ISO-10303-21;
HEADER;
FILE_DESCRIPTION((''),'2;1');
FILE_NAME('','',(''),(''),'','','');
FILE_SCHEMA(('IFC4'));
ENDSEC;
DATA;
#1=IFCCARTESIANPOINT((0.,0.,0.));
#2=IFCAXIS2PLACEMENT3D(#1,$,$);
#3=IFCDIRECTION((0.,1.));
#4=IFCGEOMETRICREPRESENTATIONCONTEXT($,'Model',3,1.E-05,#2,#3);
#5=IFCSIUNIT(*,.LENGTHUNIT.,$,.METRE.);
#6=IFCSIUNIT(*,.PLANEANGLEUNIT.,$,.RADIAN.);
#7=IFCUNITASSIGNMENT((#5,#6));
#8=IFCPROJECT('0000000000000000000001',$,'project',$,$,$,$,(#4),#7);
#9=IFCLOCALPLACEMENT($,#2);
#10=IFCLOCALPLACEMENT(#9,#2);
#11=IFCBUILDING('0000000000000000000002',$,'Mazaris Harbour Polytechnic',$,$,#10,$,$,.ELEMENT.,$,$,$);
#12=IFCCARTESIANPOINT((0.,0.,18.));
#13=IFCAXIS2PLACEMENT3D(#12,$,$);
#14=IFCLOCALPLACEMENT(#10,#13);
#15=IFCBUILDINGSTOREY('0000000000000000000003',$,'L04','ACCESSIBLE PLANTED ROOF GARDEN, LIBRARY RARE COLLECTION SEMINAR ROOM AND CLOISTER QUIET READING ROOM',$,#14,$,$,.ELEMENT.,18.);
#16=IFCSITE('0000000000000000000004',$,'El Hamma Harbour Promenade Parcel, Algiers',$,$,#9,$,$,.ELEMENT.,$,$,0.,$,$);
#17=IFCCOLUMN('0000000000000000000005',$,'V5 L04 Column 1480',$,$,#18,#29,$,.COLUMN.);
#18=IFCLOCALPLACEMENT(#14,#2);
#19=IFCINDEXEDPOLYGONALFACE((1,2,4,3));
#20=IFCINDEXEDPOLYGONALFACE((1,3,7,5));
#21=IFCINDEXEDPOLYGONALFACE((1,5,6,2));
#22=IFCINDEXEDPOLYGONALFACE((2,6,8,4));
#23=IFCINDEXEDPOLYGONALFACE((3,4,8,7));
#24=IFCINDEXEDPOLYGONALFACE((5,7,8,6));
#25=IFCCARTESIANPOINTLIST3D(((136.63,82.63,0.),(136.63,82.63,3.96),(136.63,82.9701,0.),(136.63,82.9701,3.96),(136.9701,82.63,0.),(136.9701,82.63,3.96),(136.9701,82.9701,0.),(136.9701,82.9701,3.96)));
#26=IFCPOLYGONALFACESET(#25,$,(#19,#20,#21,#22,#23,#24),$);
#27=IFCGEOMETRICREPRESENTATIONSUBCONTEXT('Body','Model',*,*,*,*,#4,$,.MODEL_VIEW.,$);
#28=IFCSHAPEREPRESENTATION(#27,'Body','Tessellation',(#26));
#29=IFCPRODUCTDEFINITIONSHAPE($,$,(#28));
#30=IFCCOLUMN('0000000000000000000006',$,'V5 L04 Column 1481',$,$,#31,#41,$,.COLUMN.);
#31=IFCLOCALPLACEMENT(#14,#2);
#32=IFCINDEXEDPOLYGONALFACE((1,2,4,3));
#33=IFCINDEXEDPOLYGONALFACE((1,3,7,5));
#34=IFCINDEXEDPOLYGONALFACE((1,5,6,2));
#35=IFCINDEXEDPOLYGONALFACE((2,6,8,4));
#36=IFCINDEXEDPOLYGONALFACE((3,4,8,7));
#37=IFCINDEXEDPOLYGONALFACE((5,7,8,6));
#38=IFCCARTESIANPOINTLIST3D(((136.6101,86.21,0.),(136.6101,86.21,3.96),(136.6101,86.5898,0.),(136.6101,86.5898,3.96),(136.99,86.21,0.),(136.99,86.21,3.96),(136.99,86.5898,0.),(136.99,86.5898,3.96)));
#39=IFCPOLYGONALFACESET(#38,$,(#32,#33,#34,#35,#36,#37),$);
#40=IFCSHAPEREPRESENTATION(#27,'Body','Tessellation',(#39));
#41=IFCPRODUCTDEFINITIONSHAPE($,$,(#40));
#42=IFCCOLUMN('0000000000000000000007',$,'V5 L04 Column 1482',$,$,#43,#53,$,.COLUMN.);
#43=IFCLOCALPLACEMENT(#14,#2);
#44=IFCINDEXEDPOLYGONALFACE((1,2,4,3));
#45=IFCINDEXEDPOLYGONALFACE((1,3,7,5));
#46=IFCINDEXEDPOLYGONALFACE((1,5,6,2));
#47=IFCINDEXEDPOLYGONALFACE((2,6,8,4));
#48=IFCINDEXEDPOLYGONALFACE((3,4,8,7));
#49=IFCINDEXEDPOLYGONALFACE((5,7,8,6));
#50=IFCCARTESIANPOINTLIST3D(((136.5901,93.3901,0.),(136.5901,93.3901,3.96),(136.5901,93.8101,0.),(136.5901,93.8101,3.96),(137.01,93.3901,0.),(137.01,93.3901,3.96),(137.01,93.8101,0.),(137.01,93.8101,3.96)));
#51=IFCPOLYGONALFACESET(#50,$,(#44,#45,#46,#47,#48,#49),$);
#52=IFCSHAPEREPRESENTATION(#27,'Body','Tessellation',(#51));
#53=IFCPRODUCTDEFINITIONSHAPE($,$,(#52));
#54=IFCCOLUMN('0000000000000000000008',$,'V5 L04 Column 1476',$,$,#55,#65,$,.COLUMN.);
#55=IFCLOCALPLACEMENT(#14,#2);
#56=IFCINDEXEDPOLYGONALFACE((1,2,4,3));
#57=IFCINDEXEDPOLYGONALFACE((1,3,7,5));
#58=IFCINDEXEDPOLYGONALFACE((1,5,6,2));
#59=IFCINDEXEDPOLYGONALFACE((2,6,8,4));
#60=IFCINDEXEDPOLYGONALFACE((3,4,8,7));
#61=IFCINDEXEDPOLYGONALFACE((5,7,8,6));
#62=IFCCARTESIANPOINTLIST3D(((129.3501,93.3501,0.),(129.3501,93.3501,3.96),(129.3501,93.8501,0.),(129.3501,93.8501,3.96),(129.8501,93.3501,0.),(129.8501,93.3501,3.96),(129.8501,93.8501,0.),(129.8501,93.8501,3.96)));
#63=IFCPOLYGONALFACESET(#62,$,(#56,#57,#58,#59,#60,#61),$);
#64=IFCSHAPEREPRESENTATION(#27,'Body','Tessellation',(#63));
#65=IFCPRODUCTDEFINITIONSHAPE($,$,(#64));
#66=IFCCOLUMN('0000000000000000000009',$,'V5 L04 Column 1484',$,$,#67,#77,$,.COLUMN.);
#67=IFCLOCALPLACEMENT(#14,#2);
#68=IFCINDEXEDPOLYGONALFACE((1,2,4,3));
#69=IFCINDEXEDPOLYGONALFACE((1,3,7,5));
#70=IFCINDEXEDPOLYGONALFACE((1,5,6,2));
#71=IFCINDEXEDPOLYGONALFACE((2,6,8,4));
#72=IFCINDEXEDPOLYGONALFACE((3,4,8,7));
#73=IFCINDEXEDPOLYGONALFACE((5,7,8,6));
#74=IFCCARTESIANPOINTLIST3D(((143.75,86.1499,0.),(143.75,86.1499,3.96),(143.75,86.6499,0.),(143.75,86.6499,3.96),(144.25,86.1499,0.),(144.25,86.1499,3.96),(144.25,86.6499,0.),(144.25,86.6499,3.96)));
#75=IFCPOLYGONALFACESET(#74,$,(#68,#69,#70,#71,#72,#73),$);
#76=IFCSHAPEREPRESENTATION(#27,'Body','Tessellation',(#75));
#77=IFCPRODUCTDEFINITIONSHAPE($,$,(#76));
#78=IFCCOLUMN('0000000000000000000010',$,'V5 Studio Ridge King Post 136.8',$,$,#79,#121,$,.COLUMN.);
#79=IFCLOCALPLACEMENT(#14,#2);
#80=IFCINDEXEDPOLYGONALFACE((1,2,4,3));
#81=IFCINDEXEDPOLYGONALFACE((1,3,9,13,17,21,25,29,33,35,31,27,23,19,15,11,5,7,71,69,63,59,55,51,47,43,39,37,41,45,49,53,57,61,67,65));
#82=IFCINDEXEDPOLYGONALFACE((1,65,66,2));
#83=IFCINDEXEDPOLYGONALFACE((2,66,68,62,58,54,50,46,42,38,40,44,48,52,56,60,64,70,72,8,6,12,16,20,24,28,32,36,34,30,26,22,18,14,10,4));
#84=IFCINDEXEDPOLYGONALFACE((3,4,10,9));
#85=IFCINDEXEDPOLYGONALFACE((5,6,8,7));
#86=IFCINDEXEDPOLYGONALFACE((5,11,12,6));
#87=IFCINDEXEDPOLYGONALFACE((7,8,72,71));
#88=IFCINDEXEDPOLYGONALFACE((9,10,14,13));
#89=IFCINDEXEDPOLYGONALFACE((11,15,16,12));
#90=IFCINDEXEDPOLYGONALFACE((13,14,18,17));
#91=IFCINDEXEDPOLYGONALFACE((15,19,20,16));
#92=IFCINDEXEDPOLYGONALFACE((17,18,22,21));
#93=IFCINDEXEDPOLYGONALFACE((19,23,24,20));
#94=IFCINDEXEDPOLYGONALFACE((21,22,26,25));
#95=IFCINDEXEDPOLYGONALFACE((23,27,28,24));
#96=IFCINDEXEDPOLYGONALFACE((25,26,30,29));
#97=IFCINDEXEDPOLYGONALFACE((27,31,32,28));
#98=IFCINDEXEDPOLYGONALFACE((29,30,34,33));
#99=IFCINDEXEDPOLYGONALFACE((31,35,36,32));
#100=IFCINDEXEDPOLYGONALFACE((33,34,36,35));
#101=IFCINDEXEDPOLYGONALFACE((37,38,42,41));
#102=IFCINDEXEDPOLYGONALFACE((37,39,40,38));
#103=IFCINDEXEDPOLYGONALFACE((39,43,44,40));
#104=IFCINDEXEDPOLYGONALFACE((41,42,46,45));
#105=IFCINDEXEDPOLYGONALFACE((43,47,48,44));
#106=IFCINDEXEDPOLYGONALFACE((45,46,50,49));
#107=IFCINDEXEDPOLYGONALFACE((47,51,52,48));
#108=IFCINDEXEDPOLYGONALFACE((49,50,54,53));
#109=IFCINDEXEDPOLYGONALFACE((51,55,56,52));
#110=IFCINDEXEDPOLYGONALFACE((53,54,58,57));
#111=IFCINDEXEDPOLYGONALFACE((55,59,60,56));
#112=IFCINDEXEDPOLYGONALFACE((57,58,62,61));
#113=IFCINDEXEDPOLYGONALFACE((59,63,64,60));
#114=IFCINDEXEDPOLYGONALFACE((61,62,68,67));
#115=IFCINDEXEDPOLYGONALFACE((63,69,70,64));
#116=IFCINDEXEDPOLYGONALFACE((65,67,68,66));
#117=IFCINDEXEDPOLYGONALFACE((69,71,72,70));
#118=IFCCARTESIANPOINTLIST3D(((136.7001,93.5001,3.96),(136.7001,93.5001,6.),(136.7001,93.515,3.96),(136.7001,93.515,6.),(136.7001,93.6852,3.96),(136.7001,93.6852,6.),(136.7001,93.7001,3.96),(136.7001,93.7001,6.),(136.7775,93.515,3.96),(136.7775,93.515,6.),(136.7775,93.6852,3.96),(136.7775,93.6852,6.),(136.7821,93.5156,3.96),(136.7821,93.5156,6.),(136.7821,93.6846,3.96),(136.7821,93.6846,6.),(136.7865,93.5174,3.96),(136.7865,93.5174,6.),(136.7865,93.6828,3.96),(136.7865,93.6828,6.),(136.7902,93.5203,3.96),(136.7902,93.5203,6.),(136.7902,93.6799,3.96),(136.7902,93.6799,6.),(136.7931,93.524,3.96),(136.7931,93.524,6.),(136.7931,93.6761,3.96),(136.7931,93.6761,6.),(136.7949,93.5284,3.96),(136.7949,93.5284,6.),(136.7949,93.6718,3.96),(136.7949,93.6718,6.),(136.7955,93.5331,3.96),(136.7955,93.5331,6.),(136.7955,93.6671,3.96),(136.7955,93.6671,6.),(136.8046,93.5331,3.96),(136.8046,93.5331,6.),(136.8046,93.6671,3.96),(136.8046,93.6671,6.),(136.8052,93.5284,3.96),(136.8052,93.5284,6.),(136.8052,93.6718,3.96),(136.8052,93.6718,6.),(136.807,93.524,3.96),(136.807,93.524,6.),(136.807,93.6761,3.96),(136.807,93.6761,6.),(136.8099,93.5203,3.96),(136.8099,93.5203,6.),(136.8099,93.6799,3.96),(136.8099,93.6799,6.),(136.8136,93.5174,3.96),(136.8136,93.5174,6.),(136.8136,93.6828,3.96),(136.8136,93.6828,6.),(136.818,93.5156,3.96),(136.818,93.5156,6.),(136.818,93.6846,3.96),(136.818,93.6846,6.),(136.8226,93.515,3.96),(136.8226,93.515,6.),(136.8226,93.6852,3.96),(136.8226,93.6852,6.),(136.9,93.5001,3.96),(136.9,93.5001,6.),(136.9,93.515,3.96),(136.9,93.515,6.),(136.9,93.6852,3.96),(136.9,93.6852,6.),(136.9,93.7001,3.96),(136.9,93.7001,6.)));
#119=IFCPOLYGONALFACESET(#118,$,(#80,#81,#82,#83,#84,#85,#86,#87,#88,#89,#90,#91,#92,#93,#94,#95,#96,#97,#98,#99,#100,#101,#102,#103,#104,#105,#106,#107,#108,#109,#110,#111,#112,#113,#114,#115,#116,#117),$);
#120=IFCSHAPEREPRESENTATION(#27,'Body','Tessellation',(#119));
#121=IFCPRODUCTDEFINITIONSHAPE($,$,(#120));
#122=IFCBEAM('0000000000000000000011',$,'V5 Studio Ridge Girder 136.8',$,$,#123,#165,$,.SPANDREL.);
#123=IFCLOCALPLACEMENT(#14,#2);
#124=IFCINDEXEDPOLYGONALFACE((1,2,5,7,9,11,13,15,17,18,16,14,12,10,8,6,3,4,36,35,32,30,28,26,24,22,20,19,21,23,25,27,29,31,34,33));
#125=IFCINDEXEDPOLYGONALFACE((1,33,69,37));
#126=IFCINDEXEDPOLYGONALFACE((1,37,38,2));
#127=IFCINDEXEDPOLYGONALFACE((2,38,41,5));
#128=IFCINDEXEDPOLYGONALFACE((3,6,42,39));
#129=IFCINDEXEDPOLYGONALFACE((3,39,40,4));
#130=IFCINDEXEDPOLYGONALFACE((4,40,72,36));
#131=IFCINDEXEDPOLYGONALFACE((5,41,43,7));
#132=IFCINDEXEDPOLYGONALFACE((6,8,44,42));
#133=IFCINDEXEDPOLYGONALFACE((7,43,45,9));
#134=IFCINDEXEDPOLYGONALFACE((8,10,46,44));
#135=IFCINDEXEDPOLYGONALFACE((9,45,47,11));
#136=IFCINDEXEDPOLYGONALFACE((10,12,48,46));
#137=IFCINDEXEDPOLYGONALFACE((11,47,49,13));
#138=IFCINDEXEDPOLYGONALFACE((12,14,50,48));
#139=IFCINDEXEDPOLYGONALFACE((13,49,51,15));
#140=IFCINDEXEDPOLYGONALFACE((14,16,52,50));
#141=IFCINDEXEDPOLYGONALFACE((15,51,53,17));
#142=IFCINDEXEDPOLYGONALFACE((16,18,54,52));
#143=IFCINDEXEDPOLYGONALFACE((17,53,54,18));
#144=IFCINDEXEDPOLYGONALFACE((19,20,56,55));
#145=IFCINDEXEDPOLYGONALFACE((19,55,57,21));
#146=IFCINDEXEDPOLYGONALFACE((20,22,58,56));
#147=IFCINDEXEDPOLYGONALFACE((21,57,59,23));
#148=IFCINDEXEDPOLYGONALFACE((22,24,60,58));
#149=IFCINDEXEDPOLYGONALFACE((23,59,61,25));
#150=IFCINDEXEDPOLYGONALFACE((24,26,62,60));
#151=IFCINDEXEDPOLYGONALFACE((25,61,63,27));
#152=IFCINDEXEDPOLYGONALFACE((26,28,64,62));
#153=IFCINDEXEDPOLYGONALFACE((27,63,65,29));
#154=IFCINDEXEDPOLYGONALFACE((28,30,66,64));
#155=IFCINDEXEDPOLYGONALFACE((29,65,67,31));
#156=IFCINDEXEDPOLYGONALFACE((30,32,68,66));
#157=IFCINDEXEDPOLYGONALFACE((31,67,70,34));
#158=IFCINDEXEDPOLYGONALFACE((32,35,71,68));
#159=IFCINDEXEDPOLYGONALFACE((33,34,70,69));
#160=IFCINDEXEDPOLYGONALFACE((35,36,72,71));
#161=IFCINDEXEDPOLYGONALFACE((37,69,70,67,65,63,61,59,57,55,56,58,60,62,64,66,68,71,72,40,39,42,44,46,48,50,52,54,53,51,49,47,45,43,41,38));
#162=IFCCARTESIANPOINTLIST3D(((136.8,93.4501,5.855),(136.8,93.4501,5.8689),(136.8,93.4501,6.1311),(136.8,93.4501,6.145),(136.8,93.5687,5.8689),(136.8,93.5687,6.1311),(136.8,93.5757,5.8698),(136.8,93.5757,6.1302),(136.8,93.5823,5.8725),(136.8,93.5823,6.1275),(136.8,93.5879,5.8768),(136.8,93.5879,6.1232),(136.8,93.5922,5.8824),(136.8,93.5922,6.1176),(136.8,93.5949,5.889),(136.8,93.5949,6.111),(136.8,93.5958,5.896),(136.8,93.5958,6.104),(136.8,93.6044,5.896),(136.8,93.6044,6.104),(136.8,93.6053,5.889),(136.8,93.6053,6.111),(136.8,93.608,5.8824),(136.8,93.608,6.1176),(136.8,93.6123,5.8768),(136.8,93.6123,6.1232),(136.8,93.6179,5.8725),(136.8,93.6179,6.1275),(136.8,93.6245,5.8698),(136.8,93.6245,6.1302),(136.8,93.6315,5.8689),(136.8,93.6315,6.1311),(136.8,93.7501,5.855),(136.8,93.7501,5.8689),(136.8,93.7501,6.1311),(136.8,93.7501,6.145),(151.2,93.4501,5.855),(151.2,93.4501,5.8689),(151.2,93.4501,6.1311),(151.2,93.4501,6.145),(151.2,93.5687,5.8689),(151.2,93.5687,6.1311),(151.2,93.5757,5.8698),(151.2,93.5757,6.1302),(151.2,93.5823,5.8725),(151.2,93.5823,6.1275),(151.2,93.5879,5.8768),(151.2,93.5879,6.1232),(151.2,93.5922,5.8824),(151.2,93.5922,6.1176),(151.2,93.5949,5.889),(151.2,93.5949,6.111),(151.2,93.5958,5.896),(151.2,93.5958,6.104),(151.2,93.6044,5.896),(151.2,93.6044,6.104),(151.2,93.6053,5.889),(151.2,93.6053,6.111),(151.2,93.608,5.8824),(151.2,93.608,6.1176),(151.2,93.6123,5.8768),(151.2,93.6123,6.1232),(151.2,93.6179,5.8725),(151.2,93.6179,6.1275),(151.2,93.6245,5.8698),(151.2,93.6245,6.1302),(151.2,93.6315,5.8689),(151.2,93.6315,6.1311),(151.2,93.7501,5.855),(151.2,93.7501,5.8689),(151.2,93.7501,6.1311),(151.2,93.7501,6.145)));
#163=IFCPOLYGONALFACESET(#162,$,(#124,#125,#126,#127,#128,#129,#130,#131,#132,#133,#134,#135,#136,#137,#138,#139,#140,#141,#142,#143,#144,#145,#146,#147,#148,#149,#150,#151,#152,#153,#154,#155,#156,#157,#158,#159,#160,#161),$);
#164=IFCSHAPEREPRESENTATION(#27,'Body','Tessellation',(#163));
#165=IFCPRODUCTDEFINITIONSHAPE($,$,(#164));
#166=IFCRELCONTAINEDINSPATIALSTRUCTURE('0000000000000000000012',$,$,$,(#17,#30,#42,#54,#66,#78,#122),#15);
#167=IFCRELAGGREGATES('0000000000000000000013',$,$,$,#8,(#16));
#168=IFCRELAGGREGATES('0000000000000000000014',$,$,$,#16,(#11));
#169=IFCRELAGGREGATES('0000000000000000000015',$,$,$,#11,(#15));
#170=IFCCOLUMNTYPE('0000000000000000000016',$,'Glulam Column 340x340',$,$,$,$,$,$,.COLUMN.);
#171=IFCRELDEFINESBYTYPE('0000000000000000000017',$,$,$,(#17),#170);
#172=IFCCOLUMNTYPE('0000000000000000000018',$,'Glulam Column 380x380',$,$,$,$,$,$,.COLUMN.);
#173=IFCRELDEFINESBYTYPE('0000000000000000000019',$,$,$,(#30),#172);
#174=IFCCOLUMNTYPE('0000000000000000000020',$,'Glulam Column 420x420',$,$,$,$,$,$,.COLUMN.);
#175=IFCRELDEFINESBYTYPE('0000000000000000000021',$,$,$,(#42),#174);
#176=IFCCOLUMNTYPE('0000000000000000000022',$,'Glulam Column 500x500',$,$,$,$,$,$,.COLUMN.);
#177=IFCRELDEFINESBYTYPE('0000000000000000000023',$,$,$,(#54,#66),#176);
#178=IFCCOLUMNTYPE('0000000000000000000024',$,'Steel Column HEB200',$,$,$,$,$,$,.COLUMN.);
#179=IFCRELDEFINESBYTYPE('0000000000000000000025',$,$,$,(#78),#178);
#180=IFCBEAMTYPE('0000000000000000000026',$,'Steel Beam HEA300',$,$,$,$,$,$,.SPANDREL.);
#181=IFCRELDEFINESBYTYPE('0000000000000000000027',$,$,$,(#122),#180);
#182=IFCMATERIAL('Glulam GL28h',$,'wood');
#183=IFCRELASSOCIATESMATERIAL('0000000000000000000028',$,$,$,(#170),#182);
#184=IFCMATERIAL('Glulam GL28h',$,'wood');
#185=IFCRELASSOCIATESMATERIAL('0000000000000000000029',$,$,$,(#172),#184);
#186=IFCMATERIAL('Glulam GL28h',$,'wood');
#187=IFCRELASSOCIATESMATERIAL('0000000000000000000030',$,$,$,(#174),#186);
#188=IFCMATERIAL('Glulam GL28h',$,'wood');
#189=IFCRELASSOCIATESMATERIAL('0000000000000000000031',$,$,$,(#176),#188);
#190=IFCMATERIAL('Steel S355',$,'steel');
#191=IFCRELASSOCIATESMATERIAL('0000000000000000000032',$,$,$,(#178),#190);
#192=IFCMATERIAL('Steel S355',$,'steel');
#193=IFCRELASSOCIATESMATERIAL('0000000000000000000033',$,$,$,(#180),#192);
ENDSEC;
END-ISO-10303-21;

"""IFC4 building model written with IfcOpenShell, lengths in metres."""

from ifc_helpers import new_model, si_unit, direction, frame, origin, origin_2d, place, context, subcontext, project, spatial, rectangle, i_section, extrude, material, material_profile, profile_set, type_object, element, save


model = new_model("IFC4")

# Units and contexts
model_context = context("Model", 3, precision=1e-05, world=origin(), true_north=direction((0.0, 1.0)))
body_context = subcontext(model_context, "Body", "Model", "MODEL_VIEW")
ifc_project = project(units=[si_unit("LENGTHUNIT", "METRE"), si_unit("PLANEANGLEUNIT", "RADIAN")], contexts=[model_context])

# Site, building, storey
site_placement = place(None, origin())
site = spatial("IfcSite", under=ifc_project, at=site_placement, Name="El Hamma Harbour Promenade Parcel, Algiers", CompositionType="ELEMENT", RefElevation=0.0)
building_placement = place(site_placement, origin())
building = spatial("IfcBuilding", under=site, at=building_placement, Name="Mazaris Harbour Polytechnic", CompositionType="ELEMENT")
storey_placement = place(building_placement, frame((0.0, 0.0, 18.0)))
storey = spatial("IfcBuildingStorey", under=building, at=storey_placement, Name="L04", Description="ACCESSIBLE PLANTED ROOF GARDEN, LIBRARY RARE COLLECTION SEMINAR ROOM AND CLOISTER QUIET READING ROOM", CompositionType="ELEMENT", Elevation=18.0)

# Columns
ifc_material_1 = material(Name="Glulam GL28h", Category="wood")
ifc_material_profile_1 = material_profile(ifc_material_1, rectangle(XDim=0.3401, YDim=0.3401, at=origin_2d()), Name="RECT340x340")
ifc_profile_set_1 = profile_set([ifc_material_profile_1], Name="Glulam GL28h")
column_type_1 = type_object("IfcColumnType", Name="Glulam Column 340x340", PredefinedType="COLUMN", material=ifc_profile_set_1)
column_1_placement = place(storey_placement, frame((136.8, 82.8, 0.0), z_axis=(0.0, 0.0, 1.0), x_axis=(1.0, 0.0, 0.0)))
element("IfcColumn", 1, at=column_1_placement, inside=storey, type_object=column_type_1, Name="V5 L04 Column 1480", PredefinedType="COLUMN", context=body_context, shape_type="SweptSolid", body=[
    extrude(rectangle(XDim=0.3401, YDim=0.3401, at=origin_2d()), origin(), (0.0, 0.0, 1.0), 3.96),
])
ifc_material_2 = material(Name="Glulam GL28h", Category="wood")
ifc_material_profile_2 = material_profile(ifc_material_2, rectangle(XDim=0.3799, YDim=0.3799, at=origin_2d()), Name="RECT380x380")
ifc_profile_set_2 = profile_set([ifc_material_profile_2], Name="Glulam GL28h")
column_type_2 = type_object("IfcColumnType", Name="Glulam Column 380x380", PredefinedType="COLUMN", material=ifc_profile_set_2)
column_2_placement = place(storey_placement, frame((136.8, 86.3999, 0.0), z_axis=(0.0, 0.0, 1.0), x_axis=(1.0, 0.0, 0.0)))
element("IfcColumn", 2, at=column_2_placement, inside=storey, type_object=column_type_2, Name="V5 L04 Column 1481", PredefinedType="COLUMN", context=body_context, shape_type="SweptSolid", body=[
    extrude(rectangle(XDim=0.3799, YDim=0.3799, at=origin_2d()), origin(), (0.0, 0.0, 1.0), 3.96),
])
ifc_material_3 = material(Name="Glulam GL28h", Category="wood")
ifc_material_profile_3 = material_profile(ifc_material_3, rectangle(XDim=0.4199, YDim=0.4199, at=origin_2d()), Name="RECT420x420")
ifc_profile_set_3 = profile_set([ifc_material_profile_3], Name="Glulam GL28h")
column_type_3 = type_object("IfcColumnType", Name="Glulam Column 420x420", PredefinedType="COLUMN", material=ifc_profile_set_3)
column_3_placement = place(storey_placement, frame((136.8, 93.6001, 0.0), z_axis=(0.0, 0.0, 1.0), x_axis=(1.0, 0.0, 0.0)))
element("IfcColumn", 3, at=column_3_placement, inside=storey, type_object=column_type_3, Name="V5 L04 Column 1482", PredefinedType="COLUMN", context=body_context, shape_type="SweptSolid", body=[
    extrude(rectangle(XDim=0.4199, YDim=0.4199, at=origin_2d()), origin(), (0.0, 0.0, 1.0), 3.96),
])
ifc_material_4 = material(Name="Glulam GL28h", Category="wood")
ifc_material_profile_4 = material_profile(ifc_material_4, rectangle(XDim=0.5, YDim=0.5, at=origin_2d()), Name="RECT500x500")
ifc_profile_set_4 = profile_set([ifc_material_profile_4], Name="Glulam GL28h")
column_type_4 = type_object("IfcColumnType", Name="Glulam Column 500x500", PredefinedType="COLUMN", material=ifc_profile_set_4)
for number, where, z_axis, x_axis, name in (
    (4, (129.6001, 93.6001, 0.0), (0.0, 0.0, 1.0), (1.0, 0.0, 0.0), "V5 L04 Column 1476"),
    (5, (144.0, 86.3999, 0.0), (0.0, 0.0, 1.0), (1.0, 0.0, 0.0), "V5 L04 Column 1484"),
):
    element("IfcColumn", number, at=place(storey_placement, frame(where, z_axis=z_axis, x_axis=x_axis)), inside=storey, type_object=column_type_4, Name=name, PredefinedType="COLUMN", context=body_context, shape_type="SweptSolid", body=[
        extrude(rectangle(XDim=0.5, YDim=0.5, at=origin_2d()), origin(), (0.0, 0.0, 1.0), 3.96),
    ])
ifc_material_5 = material(Name="Steel S355", Category="steel")
ifc_material_profile_5 = material_profile(ifc_material_5, i_section(OverallWidth=0.2, OverallDepth=0.2, WebThickness=0.009, FlangeThickness=0.0149, FilletRadius=0.0181, at=origin_2d()), Name="HEB 200")
ifc_profile_set_5 = profile_set([ifc_material_profile_5], Name="Steel S355")
column_type_5 = type_object("IfcColumnType", Name="Steel Column HEB200", PredefinedType="COLUMN", material=ifc_profile_set_5)
column_4_placement = place(storey_placement, frame((136.8, 93.6001, 3.96), z_axis=(0.0, 0.0, 1.0), x_axis=(1.0, 0.0, 0.0)))
element("IfcColumn", 6, at=column_4_placement, inside=storey, type_object=column_type_5, Name="V5 Studio Ridge King Post 136.8", PredefinedType="COLUMN", context=body_context, shape_type="SweptSolid", body=[
    extrude(i_section(OverallWidth=0.2, OverallDepth=0.2, WebThickness=0.009, FlangeThickness=0.0149, FilletRadius=0.0181, at=origin_2d()), origin(), (0.0, 0.0, 1.0), 2.04),
])

# Beam
ifc_material_6 = material(Name="Steel S355", Category="steel")
ifc_material_profile_6 = material_profile(ifc_material_6, i_section(OverallWidth=0.3, OverallDepth=0.29, WebThickness=0.0085, FlangeThickness=0.0139, FilletRadius=0.0271, at=origin_2d()), Name="HEA 300")
ifc_profile_set_6 = profile_set([ifc_material_profile_6], Name="Steel S355")
beam_type = type_object("IfcBeamType", Name="Steel Beam HEA300", PredefinedType="SPANDREL", material=ifc_profile_set_6)
beam_placement = place(storey_placement, frame((136.8, 93.6001, 6.0), z_axis=(1.0, 0.0, 0.0), x_axis=(0.0, 1.0, 0.0)))
element("IfcBeam", 7, at=beam_placement, inside=storey, type_object=beam_type, Name="V5 Studio Ridge Girder 136.8", PredefinedType="SPANDREL", context=body_context, shape_type="SweptSolid", body=[
    extrude(i_section(OverallWidth=0.3, OverallDepth=0.29, WebThickness=0.0085, FlangeThickness=0.0139, FilletRadius=0.0271, at=origin_2d()), origin(), (0.0, 0.0, 1.0), 14.3999),
])

save(model, "model.ifc")
